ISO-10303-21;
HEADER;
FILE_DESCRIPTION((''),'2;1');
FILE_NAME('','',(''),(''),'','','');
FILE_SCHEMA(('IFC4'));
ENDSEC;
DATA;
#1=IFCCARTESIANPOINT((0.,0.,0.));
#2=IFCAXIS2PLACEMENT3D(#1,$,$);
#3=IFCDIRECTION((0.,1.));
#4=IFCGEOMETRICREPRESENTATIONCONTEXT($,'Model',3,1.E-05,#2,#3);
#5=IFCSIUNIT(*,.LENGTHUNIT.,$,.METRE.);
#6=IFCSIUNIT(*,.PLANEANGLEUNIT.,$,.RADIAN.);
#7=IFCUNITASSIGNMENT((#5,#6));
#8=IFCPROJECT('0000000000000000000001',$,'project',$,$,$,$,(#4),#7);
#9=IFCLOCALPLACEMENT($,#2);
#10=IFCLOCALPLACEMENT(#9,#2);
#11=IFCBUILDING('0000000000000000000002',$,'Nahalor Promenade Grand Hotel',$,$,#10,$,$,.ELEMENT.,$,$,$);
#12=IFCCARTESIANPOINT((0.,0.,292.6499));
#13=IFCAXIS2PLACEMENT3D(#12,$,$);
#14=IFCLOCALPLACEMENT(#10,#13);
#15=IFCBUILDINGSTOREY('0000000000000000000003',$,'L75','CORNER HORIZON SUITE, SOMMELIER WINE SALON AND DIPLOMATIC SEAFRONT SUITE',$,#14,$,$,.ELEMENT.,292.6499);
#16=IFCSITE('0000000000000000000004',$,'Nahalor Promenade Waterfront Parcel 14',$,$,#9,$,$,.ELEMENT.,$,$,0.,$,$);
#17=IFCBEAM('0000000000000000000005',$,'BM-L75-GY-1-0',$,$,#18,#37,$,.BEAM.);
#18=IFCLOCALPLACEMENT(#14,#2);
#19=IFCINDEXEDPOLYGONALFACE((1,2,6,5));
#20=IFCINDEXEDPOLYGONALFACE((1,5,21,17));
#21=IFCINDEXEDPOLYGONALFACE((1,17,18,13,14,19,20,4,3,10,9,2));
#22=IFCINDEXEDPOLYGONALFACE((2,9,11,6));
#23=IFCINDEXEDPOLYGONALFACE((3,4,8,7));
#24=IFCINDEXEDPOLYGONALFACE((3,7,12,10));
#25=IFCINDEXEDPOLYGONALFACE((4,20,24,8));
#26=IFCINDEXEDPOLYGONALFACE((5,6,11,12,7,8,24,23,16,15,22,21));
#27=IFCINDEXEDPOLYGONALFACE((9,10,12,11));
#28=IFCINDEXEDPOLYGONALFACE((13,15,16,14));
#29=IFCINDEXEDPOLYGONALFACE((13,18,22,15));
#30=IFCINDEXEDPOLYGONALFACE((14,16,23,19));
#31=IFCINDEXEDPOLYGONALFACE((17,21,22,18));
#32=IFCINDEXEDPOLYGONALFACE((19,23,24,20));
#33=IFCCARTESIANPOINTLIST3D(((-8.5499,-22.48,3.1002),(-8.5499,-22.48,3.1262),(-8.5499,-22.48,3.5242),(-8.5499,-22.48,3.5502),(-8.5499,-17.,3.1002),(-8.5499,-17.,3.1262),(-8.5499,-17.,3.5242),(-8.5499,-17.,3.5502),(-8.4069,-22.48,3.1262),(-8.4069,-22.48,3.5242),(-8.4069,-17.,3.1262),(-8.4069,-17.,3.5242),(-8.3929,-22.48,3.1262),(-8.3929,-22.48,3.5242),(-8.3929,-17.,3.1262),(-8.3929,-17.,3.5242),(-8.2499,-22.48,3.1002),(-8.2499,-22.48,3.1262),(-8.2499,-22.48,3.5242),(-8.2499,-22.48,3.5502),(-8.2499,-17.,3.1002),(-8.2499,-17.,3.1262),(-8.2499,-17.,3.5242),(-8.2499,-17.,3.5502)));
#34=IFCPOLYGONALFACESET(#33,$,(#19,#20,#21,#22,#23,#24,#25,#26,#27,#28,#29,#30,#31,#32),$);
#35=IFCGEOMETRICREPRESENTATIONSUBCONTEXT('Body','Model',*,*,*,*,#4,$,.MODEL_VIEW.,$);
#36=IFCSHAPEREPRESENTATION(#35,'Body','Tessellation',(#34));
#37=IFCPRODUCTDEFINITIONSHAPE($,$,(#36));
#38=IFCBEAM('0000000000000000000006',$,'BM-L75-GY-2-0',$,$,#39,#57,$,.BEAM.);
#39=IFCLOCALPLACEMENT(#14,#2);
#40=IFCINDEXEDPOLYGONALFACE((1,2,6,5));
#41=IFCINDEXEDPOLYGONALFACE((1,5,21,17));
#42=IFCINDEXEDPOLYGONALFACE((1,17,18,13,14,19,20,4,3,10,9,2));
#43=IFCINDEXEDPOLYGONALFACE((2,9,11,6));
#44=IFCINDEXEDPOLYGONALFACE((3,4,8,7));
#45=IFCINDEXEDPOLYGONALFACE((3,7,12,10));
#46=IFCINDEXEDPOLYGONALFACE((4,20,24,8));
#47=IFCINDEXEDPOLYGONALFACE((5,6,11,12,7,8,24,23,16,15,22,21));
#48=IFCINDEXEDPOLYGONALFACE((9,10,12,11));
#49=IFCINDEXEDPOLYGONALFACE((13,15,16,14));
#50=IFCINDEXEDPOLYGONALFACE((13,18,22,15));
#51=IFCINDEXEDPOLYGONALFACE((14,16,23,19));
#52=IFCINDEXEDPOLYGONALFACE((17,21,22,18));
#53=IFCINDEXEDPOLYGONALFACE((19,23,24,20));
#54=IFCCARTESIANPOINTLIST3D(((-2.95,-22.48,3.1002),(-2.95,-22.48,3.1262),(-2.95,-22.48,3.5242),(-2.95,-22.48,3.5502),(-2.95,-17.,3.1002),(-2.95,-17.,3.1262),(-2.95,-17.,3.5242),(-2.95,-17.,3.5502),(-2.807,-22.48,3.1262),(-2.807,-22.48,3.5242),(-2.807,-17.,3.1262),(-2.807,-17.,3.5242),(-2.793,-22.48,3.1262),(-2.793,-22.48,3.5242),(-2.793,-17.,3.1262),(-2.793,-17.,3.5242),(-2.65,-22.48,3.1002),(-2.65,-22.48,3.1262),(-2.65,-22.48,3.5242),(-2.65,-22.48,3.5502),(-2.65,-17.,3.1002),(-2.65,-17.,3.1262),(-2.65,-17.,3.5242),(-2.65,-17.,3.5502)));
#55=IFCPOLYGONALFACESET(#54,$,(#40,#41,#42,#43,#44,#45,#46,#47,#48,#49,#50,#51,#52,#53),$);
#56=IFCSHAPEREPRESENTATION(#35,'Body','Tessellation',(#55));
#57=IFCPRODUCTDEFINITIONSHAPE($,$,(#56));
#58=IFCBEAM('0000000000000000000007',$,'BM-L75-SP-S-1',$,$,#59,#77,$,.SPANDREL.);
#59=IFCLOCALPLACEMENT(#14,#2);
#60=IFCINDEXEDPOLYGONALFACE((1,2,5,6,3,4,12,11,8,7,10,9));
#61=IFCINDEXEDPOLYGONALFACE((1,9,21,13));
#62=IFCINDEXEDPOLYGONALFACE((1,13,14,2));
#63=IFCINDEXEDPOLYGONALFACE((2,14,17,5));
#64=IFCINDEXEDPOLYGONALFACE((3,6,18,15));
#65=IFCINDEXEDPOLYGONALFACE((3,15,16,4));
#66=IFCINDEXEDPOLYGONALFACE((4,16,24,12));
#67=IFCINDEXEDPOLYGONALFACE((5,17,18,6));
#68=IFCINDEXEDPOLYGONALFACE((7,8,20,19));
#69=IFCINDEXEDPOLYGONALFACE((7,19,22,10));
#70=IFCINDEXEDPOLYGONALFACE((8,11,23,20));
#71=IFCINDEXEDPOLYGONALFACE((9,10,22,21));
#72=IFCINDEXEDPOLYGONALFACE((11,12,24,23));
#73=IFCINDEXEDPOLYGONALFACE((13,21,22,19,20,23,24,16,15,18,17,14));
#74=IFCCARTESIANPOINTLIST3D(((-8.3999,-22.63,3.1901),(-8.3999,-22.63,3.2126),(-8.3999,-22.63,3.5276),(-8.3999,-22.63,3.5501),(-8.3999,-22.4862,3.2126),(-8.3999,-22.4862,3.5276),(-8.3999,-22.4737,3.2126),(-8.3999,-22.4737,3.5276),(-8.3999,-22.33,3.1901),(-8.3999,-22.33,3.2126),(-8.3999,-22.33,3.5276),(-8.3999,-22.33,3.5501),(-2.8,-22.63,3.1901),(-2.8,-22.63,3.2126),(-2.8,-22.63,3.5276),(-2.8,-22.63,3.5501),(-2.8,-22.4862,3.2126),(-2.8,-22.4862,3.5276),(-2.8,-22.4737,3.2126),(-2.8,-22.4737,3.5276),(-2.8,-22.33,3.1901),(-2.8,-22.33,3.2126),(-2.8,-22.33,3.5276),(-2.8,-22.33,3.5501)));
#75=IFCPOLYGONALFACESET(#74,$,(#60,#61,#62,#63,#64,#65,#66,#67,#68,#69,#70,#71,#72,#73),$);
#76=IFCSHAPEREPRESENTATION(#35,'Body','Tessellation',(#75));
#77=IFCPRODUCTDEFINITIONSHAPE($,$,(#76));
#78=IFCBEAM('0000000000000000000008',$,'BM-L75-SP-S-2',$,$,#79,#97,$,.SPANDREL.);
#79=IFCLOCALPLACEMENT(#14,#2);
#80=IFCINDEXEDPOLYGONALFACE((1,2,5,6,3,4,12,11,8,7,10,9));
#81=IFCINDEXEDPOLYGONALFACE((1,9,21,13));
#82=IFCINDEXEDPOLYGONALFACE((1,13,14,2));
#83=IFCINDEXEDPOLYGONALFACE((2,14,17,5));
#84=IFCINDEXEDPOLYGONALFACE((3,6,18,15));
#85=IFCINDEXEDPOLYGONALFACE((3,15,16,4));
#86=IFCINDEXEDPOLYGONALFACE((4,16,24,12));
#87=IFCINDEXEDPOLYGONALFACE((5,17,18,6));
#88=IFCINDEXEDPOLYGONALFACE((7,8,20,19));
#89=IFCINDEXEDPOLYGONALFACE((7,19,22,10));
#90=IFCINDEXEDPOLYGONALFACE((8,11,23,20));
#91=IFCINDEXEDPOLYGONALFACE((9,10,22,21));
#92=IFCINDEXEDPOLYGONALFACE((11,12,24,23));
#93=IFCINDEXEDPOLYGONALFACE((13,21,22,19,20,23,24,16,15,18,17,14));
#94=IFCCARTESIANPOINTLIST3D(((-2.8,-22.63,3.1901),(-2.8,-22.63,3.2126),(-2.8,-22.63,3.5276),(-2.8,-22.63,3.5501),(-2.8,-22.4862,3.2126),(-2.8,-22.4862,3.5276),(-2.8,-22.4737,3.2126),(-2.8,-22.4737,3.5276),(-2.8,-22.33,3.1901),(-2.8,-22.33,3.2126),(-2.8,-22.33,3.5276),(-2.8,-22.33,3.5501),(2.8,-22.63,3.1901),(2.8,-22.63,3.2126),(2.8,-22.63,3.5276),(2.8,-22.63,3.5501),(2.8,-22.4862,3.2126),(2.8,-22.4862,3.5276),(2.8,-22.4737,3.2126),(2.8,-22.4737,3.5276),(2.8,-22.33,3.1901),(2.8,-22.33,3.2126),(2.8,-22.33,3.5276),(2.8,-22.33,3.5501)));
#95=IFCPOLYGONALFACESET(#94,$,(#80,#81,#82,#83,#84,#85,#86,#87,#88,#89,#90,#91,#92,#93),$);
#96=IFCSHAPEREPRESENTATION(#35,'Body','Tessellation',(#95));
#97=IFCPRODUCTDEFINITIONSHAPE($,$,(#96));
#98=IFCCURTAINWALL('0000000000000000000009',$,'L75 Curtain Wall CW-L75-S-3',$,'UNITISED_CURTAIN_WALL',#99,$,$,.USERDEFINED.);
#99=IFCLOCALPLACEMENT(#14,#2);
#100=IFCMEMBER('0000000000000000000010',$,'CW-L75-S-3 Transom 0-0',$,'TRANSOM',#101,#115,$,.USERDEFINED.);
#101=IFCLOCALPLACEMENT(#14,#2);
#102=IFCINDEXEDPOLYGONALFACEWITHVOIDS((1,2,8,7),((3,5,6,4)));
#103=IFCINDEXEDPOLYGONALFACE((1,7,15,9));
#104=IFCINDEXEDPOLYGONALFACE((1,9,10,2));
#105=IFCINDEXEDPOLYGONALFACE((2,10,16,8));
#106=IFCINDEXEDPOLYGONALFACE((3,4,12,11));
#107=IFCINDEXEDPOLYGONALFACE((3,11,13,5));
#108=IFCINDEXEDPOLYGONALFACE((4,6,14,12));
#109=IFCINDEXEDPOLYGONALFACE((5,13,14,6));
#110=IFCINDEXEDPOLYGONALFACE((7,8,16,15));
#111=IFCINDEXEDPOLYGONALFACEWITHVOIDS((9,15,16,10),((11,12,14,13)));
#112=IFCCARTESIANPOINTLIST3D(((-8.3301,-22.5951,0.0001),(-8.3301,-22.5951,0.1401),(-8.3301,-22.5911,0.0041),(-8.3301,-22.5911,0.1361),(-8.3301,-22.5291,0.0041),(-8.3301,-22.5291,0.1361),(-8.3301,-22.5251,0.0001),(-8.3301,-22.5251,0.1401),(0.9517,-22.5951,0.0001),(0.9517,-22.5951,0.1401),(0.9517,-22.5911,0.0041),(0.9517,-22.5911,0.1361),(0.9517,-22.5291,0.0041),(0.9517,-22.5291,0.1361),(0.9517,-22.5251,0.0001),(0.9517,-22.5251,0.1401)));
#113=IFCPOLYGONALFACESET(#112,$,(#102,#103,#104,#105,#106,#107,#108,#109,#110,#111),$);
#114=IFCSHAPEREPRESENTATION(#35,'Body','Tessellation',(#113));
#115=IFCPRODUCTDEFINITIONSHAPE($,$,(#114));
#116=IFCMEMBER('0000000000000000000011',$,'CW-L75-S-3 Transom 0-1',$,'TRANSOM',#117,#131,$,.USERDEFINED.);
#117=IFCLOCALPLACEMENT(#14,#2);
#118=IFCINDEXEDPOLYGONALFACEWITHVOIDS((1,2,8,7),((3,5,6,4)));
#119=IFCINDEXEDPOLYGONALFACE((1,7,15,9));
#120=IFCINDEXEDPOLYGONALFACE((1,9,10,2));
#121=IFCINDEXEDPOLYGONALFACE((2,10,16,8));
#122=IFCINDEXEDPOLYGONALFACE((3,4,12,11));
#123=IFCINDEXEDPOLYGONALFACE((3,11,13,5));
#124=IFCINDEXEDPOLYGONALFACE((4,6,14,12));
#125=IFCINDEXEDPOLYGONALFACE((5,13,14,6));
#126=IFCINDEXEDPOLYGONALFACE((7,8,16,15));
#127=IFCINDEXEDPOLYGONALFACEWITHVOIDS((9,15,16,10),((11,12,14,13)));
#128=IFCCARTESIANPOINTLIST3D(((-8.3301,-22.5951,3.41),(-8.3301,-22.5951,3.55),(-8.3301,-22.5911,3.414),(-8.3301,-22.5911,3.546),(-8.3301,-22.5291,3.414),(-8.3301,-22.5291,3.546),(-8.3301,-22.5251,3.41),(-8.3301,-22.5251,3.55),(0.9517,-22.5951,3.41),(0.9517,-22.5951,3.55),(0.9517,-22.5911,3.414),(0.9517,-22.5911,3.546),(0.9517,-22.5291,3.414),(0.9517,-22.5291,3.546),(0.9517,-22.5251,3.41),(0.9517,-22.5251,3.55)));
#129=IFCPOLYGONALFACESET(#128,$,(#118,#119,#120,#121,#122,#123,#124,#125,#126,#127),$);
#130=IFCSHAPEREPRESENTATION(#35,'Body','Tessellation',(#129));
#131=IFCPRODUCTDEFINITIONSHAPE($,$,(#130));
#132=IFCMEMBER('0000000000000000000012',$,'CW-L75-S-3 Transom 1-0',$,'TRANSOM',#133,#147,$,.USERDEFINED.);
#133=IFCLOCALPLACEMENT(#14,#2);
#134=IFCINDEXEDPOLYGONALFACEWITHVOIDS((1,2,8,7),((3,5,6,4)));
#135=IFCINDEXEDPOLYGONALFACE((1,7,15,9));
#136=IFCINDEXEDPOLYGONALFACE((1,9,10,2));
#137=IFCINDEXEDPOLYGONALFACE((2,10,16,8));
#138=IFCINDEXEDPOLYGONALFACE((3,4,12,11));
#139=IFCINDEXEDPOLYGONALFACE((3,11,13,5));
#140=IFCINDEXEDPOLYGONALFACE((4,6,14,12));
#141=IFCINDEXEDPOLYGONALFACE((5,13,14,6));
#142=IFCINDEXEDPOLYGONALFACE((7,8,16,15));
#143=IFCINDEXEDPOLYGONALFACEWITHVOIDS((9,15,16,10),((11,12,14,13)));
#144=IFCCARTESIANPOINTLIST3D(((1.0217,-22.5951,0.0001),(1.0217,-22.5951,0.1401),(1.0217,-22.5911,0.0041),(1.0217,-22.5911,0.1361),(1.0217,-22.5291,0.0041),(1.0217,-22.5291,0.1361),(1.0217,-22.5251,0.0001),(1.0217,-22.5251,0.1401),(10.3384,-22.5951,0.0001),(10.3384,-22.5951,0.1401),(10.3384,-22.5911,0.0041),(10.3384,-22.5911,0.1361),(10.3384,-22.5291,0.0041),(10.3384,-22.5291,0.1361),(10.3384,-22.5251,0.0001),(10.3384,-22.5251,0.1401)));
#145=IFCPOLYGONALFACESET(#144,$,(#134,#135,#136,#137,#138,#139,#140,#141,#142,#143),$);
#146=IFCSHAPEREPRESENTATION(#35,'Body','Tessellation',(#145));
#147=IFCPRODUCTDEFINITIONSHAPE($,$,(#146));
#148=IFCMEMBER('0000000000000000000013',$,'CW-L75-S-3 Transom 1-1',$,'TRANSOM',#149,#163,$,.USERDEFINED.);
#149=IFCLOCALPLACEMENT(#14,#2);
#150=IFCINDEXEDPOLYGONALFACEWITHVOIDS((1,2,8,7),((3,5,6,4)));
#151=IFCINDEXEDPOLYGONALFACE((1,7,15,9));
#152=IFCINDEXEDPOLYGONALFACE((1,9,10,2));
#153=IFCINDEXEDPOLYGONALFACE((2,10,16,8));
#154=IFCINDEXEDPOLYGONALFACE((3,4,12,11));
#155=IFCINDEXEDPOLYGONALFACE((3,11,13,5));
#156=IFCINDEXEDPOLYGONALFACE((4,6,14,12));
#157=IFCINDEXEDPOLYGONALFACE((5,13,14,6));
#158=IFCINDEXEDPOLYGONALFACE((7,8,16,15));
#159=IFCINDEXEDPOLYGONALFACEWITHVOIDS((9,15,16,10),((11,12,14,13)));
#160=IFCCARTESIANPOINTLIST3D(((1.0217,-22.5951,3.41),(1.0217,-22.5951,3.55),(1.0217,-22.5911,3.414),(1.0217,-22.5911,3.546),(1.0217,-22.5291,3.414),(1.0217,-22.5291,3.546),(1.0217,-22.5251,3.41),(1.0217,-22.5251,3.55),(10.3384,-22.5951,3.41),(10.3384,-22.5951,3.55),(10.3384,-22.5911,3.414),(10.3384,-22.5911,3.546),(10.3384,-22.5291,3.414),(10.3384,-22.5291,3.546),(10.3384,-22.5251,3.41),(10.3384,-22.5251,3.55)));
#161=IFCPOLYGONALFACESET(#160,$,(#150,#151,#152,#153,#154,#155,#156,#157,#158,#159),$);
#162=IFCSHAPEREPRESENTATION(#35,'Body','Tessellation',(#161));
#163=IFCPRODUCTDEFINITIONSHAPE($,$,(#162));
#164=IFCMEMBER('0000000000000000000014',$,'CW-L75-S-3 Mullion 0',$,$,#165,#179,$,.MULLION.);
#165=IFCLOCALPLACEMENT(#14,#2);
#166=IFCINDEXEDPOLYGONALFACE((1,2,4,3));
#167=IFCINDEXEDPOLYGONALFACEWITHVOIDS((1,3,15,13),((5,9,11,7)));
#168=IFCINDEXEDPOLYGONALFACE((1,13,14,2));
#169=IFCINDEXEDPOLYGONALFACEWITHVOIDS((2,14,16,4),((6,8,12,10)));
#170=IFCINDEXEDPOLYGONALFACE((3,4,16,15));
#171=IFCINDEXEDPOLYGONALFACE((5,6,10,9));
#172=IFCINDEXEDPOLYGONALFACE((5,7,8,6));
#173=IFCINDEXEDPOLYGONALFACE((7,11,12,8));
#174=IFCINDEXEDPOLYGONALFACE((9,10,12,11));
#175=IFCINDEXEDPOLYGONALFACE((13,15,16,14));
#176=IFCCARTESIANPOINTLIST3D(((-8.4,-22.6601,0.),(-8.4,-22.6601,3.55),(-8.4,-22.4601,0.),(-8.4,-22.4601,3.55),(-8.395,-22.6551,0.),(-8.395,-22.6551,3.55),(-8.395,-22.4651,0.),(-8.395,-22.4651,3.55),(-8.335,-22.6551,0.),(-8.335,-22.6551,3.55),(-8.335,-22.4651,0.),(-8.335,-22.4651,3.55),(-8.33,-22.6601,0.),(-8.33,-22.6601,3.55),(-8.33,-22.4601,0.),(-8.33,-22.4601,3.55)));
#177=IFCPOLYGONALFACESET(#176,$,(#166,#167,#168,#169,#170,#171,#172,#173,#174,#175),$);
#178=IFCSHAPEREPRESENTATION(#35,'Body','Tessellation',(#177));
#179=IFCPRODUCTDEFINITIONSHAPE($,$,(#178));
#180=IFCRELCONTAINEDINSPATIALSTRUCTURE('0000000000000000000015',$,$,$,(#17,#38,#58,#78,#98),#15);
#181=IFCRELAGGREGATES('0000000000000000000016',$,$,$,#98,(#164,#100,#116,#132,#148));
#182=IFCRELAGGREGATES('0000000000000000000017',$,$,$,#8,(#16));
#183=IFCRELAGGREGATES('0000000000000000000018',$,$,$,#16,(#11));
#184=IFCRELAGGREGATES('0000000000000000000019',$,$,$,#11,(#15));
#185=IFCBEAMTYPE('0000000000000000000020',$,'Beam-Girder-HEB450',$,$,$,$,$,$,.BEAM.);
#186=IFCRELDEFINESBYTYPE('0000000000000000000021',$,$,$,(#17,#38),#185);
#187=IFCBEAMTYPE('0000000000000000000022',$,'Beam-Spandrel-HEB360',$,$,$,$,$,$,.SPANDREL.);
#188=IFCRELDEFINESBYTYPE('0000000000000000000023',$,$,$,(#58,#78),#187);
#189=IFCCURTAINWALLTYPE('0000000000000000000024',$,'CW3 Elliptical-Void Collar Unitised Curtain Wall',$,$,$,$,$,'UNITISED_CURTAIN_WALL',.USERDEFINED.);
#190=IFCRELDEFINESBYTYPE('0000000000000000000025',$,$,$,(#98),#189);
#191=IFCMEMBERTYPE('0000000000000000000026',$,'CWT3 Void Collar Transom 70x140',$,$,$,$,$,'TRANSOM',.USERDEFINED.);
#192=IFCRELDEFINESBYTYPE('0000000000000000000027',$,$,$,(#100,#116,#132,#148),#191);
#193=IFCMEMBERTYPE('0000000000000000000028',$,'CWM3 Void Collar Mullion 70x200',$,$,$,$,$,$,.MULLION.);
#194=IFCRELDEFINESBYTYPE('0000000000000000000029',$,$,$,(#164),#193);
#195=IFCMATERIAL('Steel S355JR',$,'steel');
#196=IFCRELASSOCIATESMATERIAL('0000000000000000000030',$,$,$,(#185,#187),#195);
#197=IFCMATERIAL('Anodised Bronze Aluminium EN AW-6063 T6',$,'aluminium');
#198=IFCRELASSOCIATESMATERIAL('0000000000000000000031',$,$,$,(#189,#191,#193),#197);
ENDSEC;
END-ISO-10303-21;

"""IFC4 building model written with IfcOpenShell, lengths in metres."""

from ifc_helpers import new_model, si_unit, direction, frame, origin, origin_2d, place, context, subcontext, project, spatial, hollow_rectangle, i_section, extrude, source, transform, mapped, material, material_profile, profile_set, type_object, element, aggregate, save


model = new_model("IFC4")

# Units and contexts
model_context = context("Model", 3, precision=1e-05, world=origin(), true_north=direction((0.0, 1.0)))
body_context = subcontext(model_context, "Body", "Model", "MODEL_VIEW")
ifc_project = project(units=[si_unit("LENGTHUNIT", "METRE"), si_unit("PLANEANGLEUNIT", "RADIAN")], contexts=[model_context])

# Site, building, storey
site_placement = place(None, origin())
site = spatial("IfcSite", under=ifc_project, at=site_placement, Name="Nahalor Promenade Waterfront Parcel 14", CompositionType="ELEMENT", RefElevation=0.0)
building_placement = place(site_placement, origin())
building = spatial("IfcBuilding", under=site, at=building_placement, Name="Nahalor Promenade Grand Hotel", CompositionType="ELEMENT")
storey_placement = place(building_placement, frame((0.0, 0.0, 292.6499)))
storey = spatial("IfcBuildingStorey", under=building, at=storey_placement, Name="L75", Description="CORNER HORIZON SUITE, SOMMELIER WINE SALON AND DIPLOMATIC SEAFRONT SUITE", CompositionType="ELEMENT", Elevation=292.6499)

# Shared definitions
ifc_material_1 = material(Name="Steel S355JR", Category="steel")

# Beams
ifc_material_profile_1 = material_profile(ifc_material_1, i_section(OverallWidth=0.3, OverallDepth=0.45, WebThickness=0.014, FlangeThickness=0.026, at=origin_2d()), Name="HEB 450")
ifc_profile_set_1 = profile_set([ifc_material_profile_1], Name="Steel S355JR")
beam_type_1 = type_object("IfcBeamType", Name="Beam-Girder-HEB450", PredefinedType="BEAM", material=ifc_profile_set_1)
shared_shape_1 = source(origin(), body_context, "Body", "SweptSolid", [
    extrude(i_section(OverallWidth=0.3, OverallDepth=0.45, WebThickness=0.014, FlangeThickness=0.026, at=origin_2d()), origin(), (0.0, 0.0, 1.0), 5.48),
])
for number, where, z_axis, x_axis, name in (
    (1, (-8.3999, -22.48, 3.3252), (0.0, 1.0, 0.0), (-1.0, 0.0, 0.0), "BM-L75-GY-1-0"),
    (2, (-2.8, -22.48, 3.3252), (0.0, 1.0, 0.0), (-1.0, 0.0, 0.0), "BM-L75-GY-2-0"),
):
    element("IfcBeam", number, at=place(storey_placement, frame(where, z_axis=z_axis, x_axis=x_axis)), inside=storey, type_object=beam_type_1, Name=name, PredefinedType="BEAM", context=body_context, shape_type="MappedRepresentation", body=[
        mapped(shared_shape_1, transform((0.0, 0.0, 0.0), scale=1.0)),
    ])
ifc_material_profile_2 = material_profile(ifc_material_1, i_section(OverallWidth=0.3, OverallDepth=0.36, WebThickness=0.0125, FlangeThickness=0.0225, at=origin_2d()), Name="HEB 360")
ifc_profile_set_2 = profile_set([ifc_material_profile_2], Name="Steel S355JR")
beam_type_2 = type_object("IfcBeamType", Name="Beam-Spandrel-HEB360", PredefinedType="SPANDREL", material=ifc_profile_set_2)
shared_shape_2 = source(origin(), body_context, "Body", "SweptSolid", [
    extrude(i_section(OverallWidth=0.3, OverallDepth=0.36, WebThickness=0.0125, FlangeThickness=0.0225, at=origin_2d()), origin(), (0.0, 0.0, 1.0), 5.5999),
])
beam_1_placement = place(storey_placement, frame((-8.3999, -22.48, 3.3701), z_axis=(1.0, 0.0, 0.0), x_axis=(0.0, 1.0, 0.0)))
element("IfcBeam", 3, at=beam_1_placement, inside=storey, type_object=beam_type_2, Name="BM-L75-SP-S-1", PredefinedType="SPANDREL", context=body_context, shape_type="MappedRepresentation", body=[
    mapped(shared_shape_2, transform((0.0, 0.0, 0.0), scale=1.0)),
])
shared_shape_3 = source(origin(), body_context, "Body", "SweptSolid", [
    extrude(i_section(OverallWidth=0.3, OverallDepth=0.36, WebThickness=0.0125, FlangeThickness=0.0225, at=origin_2d()), origin(), (0.0, 0.0, 1.0), 5.6001),
])
beam_2_placement = place(storey_placement, frame((-2.8, -22.48, 3.3701), z_axis=(1.0, 0.0, 0.0), x_axis=(0.0, 1.0, 0.0)))
element("IfcBeam", 4, at=beam_2_placement, inside=storey, type_object=beam_type_2, Name="BM-L75-SP-S-2", PredefinedType="SPANDREL", context=body_context, shape_type="MappedRepresentation", body=[
    mapped(shared_shape_3, transform((0.0, 0.0, 0.0), scale=1.0)),
])

# Curtain wall, members
ifc_material_2 = material(Name="Anodised Bronze Aluminium EN AW-6063 T6", Category="aluminium")
curtain_wall_type = type_object("IfcCurtainWallType", Name="CW3 Elliptical-Void Collar Unitised Curtain Wall", ElementType="UNITISED_CURTAIN_WALL", PredefinedType="USERDEFINED", material=ifc_material_2)
curtain_wall_placement = place(storey_placement, origin())
curtain_wall = element("IfcCurtainWall", 5, at=curtain_wall_placement, inside=storey, type_object=curtain_wall_type, Name="L75 Curtain Wall CW-L75-S-3", ObjectType="UNITISED_CURTAIN_WALL", PredefinedType="USERDEFINED")
ifc_material_profile_3 = material_profile(ifc_material_2, hollow_rectangle(XDim=0.07, YDim=0.14, WallThickness=0.004, at=origin_2d()), Name="CWT 70x140x4")
ifc_profile_set_3 = profile_set([ifc_material_profile_3], Name="Anodised Bronze Aluminium EN AW-6063 T6")
member_type_1 = type_object("IfcMemberType", Name="CWT3 Void Collar Transom 70x140", ElementType="TRANSOM", PredefinedType="USERDEFINED", material=ifc_profile_set_3)
shared_shape_4 = source(origin(), body_context, "Body", "SweptSolid", [
    extrude(hollow_rectangle(XDim=0.07, YDim=0.14, WallThickness=0.004, at=origin_2d()), origin(), (0.0, 0.0, 1.0), 9.2817),
])
member_1_placement = place(storey_placement, frame((-8.3301, -22.5601, 0.0701), z_axis=(1.0, 0.0, 0.0), x_axis=(0.0, 1.0, 0.0)))
member_1 = element("IfcMember", 6, at=member_1_placement, type_object=member_type_1, Name="CW-L75-S-3 Transom 0-0", ObjectType="TRANSOM", PredefinedType="USERDEFINED", context=body_context, shape_type="MappedRepresentation", body=[
    mapped(shared_shape_4, transform((0.0, 0.0, 0.0), scale=1.0)),
])
member_2_placement = place(storey_placement, frame((-8.3301, -22.5601, 3.48), z_axis=(1.0, 0.0, 0.0), x_axis=(0.0, 1.0, 0.0)))
member_2 = element("IfcMember", 7, at=member_2_placement, type_object=member_type_1, Name="CW-L75-S-3 Transom 0-1", ObjectType="TRANSOM", PredefinedType="USERDEFINED", context=body_context, shape_type="MappedRepresentation", body=[
    mapped(shared_shape_4, transform((0.0, 0.0, 0.0), scale=1.0)),
])
shared_shape_5 = source(origin(), body_context, "Body", "SweptSolid", [
    extrude(hollow_rectangle(XDim=0.07, YDim=0.14, WallThickness=0.004, at=origin_2d()), origin(), (0.0, 0.0, 1.0), 9.3167),
])
member_3_placement = place(storey_placement, frame((1.0217, -22.5601, 0.0701), z_axis=(1.0, 0.0, 0.0), x_axis=(0.0, 1.0, 0.0)))
member_3 = element("IfcMember", 8, at=member_3_placement, type_object=member_type_1, Name="CW-L75-S-3 Transom 1-0", ObjectType="TRANSOM", PredefinedType="USERDEFINED", context=body_context, shape_type="MappedRepresentation", body=[
    mapped(shared_shape_5, transform((0.0, 0.0, 0.0), scale=1.0)),
])
member_4_placement = place(storey_placement, frame((1.0217, -22.5601, 3.48), z_axis=(1.0, 0.0, 0.0), x_axis=(0.0, 1.0, 0.0)))
member_4 = element("IfcMember", 9, at=member_4_placement, type_object=member_type_1, Name="CW-L75-S-3 Transom 1-1", ObjectType="TRANSOM", PredefinedType="USERDEFINED", context=body_context, shape_type="MappedRepresentation", body=[
    mapped(shared_shape_5, transform((0.0, 0.0, 0.0), scale=1.0)),
])
ifc_material_profile_4 = material_profile(ifc_material_2, hollow_rectangle(XDim=0.07, YDim=0.2, WallThickness=0.005, at=origin_2d()), Name="CWM 70x200x5")
ifc_profile_set_4 = profile_set([ifc_material_profile_4], Name="Anodised Bronze Aluminium EN AW-6063 T6")
member_type_2 = type_object("IfcMemberType", Name="CWM3 Void Collar Mullion 70x200", PredefinedType="MULLION", material=ifc_profile_set_4)
shared_shape_6 = source(origin(), body_context, "Body", "SweptSolid", [
    extrude(hollow_rectangle(XDim=0.07, YDim=0.2, WallThickness=0.005, at=origin_2d()), origin(), (0.0, 0.0, 1.0), 3.55),
])
member_5_placement = place(storey_placement, frame((-8.365, -22.5601, 0.0), z_axis=(0.0, 0.0, 1.0), x_axis=(1.0, 0.0, 0.0)))
member_5 = element("IfcMember", 10, at=member_5_placement, type_object=member_type_2, Name="CW-L75-S-3 Mullion 0", PredefinedType="MULLION", context=body_context, shape_type="MappedRepresentation", body=[
    mapped(shared_shape_6, transform((0.0, 0.0, 0.0), scale=1.0)),
])
aggregate(curtain_wall, [member_5, member_1, member_2, member_3, member_4])

save(model, "model.ifc")
